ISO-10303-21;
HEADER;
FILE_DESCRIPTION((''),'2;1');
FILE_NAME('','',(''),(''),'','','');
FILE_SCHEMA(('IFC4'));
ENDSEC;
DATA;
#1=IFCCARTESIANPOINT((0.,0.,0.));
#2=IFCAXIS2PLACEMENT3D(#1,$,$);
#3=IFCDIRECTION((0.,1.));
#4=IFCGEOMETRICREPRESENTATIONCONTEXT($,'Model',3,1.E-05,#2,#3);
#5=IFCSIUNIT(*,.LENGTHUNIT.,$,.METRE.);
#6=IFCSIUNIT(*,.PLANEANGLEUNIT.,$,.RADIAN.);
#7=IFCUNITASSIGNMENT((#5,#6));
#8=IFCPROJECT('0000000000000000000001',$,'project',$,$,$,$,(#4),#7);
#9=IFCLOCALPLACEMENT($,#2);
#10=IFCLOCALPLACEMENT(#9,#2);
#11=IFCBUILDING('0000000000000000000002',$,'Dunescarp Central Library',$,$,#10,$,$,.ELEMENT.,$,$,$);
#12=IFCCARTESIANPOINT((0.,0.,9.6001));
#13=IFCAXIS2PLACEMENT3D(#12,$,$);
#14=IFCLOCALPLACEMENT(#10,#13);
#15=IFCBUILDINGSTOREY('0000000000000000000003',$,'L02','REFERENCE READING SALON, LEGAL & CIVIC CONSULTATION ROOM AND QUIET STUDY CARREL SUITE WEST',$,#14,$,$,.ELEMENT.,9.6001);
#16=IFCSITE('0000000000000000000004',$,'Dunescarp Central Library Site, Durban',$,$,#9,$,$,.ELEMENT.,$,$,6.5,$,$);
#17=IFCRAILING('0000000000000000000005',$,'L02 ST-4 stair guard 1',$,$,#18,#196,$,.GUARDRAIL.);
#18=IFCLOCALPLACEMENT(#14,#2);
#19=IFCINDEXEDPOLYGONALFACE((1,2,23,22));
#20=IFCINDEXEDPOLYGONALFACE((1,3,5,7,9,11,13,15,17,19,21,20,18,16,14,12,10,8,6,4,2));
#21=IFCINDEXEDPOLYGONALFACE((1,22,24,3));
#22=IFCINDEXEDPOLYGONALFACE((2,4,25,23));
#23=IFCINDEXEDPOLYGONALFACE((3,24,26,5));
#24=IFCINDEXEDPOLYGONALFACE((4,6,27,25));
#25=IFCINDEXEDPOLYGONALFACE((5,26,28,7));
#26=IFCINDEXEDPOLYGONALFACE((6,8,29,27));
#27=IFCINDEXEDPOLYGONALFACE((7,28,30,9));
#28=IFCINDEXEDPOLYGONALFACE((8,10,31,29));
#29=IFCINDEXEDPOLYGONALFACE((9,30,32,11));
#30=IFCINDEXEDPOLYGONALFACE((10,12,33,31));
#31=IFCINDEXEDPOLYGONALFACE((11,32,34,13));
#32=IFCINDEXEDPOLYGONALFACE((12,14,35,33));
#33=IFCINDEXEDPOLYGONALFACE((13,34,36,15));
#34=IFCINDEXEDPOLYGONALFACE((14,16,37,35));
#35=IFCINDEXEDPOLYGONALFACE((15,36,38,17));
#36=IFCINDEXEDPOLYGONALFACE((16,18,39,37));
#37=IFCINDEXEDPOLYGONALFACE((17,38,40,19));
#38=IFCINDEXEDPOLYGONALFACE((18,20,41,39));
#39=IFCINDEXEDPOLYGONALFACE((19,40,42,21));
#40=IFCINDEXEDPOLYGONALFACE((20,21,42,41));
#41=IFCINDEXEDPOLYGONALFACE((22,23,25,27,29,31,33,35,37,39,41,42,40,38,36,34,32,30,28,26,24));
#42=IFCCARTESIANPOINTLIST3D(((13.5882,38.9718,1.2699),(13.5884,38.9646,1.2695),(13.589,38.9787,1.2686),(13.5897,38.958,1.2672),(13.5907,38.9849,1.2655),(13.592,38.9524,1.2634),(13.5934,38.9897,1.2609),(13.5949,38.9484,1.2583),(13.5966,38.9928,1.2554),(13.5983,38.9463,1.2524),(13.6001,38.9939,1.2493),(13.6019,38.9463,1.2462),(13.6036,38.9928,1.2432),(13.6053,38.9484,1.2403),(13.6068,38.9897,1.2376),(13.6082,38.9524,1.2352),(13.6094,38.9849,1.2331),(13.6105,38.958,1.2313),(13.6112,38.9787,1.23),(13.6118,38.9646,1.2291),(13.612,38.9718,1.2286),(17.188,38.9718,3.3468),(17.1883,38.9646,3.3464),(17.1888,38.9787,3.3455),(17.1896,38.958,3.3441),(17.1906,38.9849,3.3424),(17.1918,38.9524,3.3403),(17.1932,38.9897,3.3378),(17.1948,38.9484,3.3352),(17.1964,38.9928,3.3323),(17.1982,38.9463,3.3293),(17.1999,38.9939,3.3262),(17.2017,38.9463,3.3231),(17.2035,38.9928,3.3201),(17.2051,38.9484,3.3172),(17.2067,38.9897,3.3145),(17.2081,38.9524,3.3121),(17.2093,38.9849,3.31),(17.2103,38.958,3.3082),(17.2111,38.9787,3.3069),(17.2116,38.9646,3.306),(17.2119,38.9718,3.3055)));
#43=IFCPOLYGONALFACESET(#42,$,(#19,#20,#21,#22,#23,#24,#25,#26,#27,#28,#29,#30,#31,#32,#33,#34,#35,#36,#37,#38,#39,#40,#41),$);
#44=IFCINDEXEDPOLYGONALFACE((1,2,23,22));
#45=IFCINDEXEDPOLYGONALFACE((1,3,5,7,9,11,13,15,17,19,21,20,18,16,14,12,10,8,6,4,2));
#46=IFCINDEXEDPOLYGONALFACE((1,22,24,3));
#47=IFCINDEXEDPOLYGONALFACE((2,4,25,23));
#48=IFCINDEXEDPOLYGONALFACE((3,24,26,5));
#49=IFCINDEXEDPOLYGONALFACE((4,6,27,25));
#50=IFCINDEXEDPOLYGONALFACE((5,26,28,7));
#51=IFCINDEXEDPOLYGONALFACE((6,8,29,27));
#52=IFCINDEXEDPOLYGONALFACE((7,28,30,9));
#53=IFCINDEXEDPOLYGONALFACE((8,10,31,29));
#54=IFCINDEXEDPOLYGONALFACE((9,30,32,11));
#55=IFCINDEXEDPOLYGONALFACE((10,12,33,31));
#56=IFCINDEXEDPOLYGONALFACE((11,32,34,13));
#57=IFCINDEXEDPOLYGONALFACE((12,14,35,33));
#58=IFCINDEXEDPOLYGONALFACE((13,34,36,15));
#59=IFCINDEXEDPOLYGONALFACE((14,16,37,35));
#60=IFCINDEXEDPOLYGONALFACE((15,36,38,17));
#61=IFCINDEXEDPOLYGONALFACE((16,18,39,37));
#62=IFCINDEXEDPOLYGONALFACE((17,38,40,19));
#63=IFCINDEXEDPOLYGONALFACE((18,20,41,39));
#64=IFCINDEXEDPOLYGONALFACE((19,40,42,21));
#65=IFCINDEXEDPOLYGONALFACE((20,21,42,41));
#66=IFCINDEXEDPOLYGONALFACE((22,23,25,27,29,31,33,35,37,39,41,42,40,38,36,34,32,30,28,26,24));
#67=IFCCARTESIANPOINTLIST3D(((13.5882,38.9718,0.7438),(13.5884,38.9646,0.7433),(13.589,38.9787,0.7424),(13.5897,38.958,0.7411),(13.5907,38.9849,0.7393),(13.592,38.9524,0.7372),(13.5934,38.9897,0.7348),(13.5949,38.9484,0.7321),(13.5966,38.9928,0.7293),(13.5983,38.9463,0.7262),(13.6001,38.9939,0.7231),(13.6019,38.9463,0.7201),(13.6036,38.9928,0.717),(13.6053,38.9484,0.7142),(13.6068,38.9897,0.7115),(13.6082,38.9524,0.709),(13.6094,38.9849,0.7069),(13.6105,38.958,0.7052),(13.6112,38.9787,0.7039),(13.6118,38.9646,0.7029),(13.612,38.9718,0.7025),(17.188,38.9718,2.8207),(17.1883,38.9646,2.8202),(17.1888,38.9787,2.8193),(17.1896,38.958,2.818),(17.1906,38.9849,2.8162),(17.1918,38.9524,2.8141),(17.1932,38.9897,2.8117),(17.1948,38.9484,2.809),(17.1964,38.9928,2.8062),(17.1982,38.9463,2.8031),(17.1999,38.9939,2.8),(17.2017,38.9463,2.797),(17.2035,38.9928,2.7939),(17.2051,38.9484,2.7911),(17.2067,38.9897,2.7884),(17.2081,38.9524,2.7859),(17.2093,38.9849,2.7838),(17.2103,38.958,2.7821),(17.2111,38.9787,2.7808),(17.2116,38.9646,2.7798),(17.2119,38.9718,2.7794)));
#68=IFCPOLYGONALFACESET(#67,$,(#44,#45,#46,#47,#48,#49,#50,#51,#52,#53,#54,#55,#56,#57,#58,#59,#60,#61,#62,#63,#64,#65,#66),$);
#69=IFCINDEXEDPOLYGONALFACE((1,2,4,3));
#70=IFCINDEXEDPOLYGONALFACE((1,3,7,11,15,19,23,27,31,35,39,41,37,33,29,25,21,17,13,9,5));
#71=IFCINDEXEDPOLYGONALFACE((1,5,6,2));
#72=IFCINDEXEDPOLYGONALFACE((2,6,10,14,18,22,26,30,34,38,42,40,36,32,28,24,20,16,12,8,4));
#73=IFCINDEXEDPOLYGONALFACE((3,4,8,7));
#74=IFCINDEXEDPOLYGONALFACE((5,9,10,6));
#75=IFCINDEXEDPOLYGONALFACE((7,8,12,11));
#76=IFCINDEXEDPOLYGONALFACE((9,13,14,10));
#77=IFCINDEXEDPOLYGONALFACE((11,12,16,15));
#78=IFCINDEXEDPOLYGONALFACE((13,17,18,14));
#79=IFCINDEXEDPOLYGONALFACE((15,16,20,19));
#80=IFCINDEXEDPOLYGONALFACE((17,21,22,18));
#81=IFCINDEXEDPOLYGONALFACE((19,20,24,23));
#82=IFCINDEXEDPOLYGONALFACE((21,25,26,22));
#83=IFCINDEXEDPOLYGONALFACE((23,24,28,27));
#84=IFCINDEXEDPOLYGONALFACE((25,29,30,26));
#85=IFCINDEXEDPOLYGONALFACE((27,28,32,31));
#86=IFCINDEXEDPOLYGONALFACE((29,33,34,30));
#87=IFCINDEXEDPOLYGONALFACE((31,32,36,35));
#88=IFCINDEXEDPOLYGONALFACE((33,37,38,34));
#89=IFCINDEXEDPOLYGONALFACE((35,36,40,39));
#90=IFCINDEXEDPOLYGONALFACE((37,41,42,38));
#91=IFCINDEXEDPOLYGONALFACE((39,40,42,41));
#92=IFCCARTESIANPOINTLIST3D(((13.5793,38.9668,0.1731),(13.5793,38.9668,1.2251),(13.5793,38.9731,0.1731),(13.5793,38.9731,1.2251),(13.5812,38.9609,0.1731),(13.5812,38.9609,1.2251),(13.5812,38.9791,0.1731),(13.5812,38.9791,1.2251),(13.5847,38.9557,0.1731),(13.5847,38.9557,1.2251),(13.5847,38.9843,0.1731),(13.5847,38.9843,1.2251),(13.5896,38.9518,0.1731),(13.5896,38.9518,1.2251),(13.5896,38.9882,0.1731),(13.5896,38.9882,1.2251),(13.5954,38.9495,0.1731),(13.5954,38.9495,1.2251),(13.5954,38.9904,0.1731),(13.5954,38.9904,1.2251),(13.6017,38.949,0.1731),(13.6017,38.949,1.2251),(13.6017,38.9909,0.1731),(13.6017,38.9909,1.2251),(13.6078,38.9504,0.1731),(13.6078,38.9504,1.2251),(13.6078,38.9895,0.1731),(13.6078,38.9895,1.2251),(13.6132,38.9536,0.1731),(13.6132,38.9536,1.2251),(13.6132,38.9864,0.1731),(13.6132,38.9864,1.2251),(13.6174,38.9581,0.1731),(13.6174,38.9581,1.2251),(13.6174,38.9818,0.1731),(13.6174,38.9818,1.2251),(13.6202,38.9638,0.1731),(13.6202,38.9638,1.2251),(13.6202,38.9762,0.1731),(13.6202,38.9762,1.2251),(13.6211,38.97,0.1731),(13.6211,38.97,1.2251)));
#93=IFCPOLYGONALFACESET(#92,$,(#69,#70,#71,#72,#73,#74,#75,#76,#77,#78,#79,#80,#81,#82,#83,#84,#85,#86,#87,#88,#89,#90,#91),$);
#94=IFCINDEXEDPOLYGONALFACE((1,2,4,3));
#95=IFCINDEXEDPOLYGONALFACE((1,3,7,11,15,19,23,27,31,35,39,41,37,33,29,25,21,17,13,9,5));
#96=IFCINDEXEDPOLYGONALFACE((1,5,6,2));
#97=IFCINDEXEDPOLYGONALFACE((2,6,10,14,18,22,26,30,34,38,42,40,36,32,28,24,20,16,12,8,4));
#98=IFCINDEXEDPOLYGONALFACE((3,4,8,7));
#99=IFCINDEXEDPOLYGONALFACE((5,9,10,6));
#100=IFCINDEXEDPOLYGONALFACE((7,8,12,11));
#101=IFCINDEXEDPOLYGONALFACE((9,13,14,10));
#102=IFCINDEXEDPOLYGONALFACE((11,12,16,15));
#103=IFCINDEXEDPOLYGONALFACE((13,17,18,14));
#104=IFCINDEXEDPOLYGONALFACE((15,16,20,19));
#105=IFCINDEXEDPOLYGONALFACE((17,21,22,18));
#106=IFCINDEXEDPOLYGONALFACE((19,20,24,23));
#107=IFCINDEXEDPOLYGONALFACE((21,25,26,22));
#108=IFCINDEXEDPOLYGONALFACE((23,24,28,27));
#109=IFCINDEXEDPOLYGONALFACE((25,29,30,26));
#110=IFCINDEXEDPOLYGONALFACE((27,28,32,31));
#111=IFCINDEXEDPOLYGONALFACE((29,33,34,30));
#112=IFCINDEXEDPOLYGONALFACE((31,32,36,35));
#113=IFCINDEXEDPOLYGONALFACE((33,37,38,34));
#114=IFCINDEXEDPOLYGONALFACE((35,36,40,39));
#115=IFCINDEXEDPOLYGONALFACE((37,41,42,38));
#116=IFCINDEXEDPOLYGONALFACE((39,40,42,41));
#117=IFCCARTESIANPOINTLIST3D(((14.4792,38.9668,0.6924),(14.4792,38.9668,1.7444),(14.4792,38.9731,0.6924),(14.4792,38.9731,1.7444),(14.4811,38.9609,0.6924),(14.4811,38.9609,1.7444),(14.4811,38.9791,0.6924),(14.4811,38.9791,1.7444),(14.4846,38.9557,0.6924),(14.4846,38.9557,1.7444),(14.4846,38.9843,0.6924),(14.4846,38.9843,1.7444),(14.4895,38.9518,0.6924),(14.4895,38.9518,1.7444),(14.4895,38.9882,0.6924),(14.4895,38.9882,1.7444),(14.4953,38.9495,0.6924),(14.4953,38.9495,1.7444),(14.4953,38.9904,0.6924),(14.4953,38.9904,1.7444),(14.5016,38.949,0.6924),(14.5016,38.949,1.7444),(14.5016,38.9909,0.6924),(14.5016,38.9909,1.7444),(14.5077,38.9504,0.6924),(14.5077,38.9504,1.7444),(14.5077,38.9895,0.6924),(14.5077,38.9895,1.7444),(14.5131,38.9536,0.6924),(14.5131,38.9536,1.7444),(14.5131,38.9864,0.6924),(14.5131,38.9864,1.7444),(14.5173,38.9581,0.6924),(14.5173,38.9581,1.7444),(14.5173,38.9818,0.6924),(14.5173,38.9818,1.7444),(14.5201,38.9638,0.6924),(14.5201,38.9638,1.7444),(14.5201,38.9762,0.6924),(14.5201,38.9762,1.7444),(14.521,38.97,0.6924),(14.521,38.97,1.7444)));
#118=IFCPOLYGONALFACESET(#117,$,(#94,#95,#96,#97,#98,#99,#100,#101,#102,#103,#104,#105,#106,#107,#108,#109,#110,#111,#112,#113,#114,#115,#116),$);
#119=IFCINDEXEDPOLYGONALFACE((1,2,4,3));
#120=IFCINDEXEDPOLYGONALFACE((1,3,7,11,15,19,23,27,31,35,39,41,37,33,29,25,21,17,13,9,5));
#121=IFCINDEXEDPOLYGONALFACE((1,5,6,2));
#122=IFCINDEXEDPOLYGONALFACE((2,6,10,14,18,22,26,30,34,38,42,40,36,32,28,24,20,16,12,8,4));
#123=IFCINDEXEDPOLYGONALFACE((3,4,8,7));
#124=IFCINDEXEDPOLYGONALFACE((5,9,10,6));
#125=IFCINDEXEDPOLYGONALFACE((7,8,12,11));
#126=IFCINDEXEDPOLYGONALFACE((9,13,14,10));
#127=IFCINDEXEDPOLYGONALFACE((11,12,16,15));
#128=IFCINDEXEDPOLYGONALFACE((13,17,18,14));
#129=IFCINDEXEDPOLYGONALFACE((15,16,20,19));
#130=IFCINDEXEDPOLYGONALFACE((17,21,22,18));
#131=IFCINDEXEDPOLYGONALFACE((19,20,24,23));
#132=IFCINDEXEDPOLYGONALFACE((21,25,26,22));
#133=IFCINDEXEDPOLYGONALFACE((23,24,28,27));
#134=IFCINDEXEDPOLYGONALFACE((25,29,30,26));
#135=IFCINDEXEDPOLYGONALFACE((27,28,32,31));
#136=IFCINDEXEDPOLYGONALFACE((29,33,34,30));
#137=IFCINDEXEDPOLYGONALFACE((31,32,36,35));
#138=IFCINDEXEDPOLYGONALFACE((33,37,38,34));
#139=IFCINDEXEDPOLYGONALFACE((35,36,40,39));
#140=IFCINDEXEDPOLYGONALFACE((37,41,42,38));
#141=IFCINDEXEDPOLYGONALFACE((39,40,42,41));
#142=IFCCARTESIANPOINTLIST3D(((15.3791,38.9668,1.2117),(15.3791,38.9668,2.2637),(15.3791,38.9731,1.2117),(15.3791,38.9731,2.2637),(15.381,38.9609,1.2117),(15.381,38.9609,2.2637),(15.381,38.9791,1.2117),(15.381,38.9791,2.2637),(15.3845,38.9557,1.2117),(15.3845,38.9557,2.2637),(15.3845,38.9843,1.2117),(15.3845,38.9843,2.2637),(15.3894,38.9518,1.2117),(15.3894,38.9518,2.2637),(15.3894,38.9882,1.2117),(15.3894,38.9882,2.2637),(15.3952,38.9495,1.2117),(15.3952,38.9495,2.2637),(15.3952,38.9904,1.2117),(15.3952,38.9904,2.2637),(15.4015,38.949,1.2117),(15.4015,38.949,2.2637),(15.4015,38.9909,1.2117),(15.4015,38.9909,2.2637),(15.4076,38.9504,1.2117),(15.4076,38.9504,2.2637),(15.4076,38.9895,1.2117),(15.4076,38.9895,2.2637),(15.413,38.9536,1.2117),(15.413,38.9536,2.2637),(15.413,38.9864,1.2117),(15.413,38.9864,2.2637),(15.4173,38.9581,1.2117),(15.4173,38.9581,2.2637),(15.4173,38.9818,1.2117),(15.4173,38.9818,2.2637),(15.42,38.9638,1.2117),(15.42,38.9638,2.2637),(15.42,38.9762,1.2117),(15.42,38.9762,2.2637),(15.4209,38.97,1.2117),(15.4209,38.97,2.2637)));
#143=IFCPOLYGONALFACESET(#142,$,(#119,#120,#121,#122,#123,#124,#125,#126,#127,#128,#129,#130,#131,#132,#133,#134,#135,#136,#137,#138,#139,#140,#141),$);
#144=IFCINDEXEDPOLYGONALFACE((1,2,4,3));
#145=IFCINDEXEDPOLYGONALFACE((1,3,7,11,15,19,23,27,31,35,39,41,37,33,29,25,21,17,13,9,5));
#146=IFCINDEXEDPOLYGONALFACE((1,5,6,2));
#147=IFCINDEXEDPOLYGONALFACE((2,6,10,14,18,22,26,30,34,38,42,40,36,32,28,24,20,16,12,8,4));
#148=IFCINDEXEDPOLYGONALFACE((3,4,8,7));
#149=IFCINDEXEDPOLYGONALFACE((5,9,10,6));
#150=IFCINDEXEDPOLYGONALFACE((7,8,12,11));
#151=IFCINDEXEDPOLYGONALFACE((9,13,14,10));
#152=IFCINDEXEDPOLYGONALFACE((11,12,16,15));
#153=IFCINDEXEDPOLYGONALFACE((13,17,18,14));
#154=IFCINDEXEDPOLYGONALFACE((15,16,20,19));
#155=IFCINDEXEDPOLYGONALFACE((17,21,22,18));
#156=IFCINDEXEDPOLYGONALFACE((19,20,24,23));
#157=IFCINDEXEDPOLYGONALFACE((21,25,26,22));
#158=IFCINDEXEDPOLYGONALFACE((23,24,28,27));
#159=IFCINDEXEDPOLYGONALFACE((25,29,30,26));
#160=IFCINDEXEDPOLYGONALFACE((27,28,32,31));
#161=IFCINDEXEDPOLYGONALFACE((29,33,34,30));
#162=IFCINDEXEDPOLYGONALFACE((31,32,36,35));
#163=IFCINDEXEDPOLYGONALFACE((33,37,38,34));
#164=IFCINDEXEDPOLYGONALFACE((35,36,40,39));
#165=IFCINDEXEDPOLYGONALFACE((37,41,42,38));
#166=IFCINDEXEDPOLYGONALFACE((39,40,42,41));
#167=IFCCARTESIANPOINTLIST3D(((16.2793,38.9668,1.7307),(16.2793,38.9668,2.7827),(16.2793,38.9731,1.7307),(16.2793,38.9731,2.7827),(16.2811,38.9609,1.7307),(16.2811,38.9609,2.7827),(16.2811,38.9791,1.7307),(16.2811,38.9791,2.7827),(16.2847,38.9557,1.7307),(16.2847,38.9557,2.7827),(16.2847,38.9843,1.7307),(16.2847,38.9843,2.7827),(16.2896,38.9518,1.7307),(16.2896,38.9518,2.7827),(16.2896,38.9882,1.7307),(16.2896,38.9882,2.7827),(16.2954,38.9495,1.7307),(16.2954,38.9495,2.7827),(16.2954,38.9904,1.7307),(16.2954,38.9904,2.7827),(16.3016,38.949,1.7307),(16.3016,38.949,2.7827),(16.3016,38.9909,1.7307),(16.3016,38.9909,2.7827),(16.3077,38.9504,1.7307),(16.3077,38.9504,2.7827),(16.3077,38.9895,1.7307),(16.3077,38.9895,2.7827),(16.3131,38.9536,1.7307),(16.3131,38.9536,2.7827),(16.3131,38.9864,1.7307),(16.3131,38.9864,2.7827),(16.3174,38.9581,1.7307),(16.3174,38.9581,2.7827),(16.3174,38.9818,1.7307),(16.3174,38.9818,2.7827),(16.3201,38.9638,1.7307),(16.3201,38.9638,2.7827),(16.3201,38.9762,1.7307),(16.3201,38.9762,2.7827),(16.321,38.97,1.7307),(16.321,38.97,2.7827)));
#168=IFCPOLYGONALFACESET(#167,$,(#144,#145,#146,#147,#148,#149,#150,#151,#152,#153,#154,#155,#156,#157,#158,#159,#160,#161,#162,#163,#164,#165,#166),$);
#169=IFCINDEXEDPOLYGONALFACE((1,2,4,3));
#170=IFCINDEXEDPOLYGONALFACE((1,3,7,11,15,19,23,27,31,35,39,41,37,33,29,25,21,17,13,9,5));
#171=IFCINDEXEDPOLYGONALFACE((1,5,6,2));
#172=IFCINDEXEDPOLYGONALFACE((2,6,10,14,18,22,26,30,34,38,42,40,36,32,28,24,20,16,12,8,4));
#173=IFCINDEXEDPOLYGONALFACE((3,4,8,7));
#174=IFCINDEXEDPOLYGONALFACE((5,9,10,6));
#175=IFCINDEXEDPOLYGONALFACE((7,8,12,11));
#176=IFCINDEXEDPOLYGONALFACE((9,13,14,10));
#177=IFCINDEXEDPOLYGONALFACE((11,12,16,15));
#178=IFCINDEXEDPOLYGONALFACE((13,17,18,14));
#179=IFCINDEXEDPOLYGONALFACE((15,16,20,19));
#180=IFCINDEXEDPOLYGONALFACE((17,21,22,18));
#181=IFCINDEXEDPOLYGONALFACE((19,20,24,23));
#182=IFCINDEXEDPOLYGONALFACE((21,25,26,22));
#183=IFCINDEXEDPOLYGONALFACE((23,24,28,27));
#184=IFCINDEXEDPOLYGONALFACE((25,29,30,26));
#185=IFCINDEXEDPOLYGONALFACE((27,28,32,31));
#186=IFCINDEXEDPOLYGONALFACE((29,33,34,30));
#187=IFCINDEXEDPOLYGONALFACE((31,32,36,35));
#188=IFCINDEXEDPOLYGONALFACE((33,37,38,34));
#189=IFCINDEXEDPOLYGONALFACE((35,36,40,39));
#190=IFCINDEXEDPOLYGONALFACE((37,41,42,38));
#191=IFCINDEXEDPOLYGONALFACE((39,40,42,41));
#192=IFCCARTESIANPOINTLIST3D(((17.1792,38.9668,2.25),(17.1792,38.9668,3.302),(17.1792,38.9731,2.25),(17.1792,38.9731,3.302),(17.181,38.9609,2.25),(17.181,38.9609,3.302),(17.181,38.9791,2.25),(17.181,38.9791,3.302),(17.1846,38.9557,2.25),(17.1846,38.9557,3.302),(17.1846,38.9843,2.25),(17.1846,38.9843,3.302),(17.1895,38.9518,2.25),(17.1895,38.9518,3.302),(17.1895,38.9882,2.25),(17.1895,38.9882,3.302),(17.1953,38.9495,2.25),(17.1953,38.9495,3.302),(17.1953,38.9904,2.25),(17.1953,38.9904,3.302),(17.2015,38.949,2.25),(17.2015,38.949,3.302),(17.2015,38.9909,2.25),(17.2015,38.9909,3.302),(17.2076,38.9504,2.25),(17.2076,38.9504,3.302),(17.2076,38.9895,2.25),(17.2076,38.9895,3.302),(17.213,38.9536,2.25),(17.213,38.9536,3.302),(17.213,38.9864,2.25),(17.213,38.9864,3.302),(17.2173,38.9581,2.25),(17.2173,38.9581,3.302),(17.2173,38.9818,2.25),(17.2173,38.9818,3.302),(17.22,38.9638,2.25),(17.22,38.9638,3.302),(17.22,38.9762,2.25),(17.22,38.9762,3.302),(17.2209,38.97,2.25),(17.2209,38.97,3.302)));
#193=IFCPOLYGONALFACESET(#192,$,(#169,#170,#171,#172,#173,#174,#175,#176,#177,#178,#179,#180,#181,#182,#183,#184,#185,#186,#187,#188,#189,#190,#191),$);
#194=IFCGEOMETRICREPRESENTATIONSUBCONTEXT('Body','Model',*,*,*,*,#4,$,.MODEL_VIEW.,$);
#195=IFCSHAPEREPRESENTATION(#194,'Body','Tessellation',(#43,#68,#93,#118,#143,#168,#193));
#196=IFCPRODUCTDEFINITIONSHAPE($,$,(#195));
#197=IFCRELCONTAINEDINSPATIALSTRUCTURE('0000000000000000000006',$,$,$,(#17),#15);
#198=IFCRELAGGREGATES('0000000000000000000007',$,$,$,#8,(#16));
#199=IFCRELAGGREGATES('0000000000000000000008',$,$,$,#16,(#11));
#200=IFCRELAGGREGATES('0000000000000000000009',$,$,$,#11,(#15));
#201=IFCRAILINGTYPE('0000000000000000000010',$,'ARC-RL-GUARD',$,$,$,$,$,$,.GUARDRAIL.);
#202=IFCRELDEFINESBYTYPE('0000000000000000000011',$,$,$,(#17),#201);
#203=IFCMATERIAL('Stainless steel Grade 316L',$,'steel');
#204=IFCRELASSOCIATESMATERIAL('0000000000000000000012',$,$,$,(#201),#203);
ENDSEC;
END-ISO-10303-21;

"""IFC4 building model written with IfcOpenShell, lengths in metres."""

from ifc_helpers import new_model, si_unit, direction, frame, origin, origin_2d, place, context, subcontext, project, spatial, circle, extrude, material, type_object, element, save


model = new_model("IFC4")

# Units and contexts
model_context = context("Model", 3, precision=1e-05, world=origin(), true_north=direction((0.0, 1.0)))
body_context = subcontext(model_context, "Body", "Model", "MODEL_VIEW")
ifc_project = project(units=[si_unit("LENGTHUNIT", "METRE"), si_unit("PLANEANGLEUNIT", "RADIAN")], contexts=[model_context])

# Site, building, storey
site_placement = place(None, origin())
site = spatial("IfcSite", under=ifc_project, at=site_placement, Name="Dunescarp Central Library Site, Durban", CompositionType="ELEMENT", RefElevation=6.5)
building_placement = place(site_placement, origin())
building = spatial("IfcBuilding", under=site, at=building_placement, Name="Dunescarp Central Library", CompositionType="ELEMENT")
storey_placement = place(building_placement, frame((0.0, 0.0, 9.6001)))
storey = spatial("IfcBuildingStorey", under=building, at=storey_placement, Name="L02", Description="REFERENCE READING SALON, LEGAL & CIVIC CONSULTATION ROOM AND QUIET STUDY CARREL SUITE WEST", CompositionType="ELEMENT", Elevation=9.6001)

# Railing
ifc_material_1 = material(Name="Stainless steel Grade 316L", Category="steel")
railing_type_1 = type_object("IfcRailingType", Name="ARC-RL-GUARD", PredefinedType="GUARDRAIL", material=ifc_material_1)
railing_1_placement = place(storey_placement, frame((13.6001, 38.97, 0.1731)))
element("IfcRailing", 1, at=railing_1_placement, inside=storey, type_object=railing_type_1, Name="L02 ST-4 stair guard 1", PredefinedType="GUARDRAIL", context=body_context, shape_type="SweptSolid", body=[
    extrude(circle(Radius=0.0239, at=origin_2d()), frame((0.0, 0.0, 1.0762), z_axis=(0.866179, 0.0, 0.499734), x_axis=(0.0, 1.0, 0.0)), (0.0, 0.0, 1.0), 4.156),
    extrude(circle(Radius=0.0239, at=origin_2d()), frame((0.0, 0.0, 0.55), z_axis=(0.866179, 0.0, 0.499734), x_axis=(0.0, 1.0, 0.0)), (0.0, 0.0, 1.0), 4.156),
    extrude(circle(Radius=0.021, at=origin_2d()), origin(), (0.0, 0.0, 1.0), 1.052),
    extrude(circle(Radius=0.021, at=origin_2d()), frame((0.8999, 0.0, 0.5193)), (0.0, 0.0, 1.0), 1.052),
    extrude(circle(Radius=0.021, at=origin_2d()), frame((1.7998, 0.0, 1.0386)), (0.0, 0.0, 1.0), 1.052),
    extrude(circle(Radius=0.021, at=origin_2d()), frame((2.7, 0.0, 1.5576)), (0.0, 0.0, 1.0), 1.052),
    extrude(circle(Radius=0.021, at=origin_2d()), frame((3.5999, 0.0, 2.0769)), (0.0, 0.0, 1.0), 1.052),
])

save(model, "model.ifc")
